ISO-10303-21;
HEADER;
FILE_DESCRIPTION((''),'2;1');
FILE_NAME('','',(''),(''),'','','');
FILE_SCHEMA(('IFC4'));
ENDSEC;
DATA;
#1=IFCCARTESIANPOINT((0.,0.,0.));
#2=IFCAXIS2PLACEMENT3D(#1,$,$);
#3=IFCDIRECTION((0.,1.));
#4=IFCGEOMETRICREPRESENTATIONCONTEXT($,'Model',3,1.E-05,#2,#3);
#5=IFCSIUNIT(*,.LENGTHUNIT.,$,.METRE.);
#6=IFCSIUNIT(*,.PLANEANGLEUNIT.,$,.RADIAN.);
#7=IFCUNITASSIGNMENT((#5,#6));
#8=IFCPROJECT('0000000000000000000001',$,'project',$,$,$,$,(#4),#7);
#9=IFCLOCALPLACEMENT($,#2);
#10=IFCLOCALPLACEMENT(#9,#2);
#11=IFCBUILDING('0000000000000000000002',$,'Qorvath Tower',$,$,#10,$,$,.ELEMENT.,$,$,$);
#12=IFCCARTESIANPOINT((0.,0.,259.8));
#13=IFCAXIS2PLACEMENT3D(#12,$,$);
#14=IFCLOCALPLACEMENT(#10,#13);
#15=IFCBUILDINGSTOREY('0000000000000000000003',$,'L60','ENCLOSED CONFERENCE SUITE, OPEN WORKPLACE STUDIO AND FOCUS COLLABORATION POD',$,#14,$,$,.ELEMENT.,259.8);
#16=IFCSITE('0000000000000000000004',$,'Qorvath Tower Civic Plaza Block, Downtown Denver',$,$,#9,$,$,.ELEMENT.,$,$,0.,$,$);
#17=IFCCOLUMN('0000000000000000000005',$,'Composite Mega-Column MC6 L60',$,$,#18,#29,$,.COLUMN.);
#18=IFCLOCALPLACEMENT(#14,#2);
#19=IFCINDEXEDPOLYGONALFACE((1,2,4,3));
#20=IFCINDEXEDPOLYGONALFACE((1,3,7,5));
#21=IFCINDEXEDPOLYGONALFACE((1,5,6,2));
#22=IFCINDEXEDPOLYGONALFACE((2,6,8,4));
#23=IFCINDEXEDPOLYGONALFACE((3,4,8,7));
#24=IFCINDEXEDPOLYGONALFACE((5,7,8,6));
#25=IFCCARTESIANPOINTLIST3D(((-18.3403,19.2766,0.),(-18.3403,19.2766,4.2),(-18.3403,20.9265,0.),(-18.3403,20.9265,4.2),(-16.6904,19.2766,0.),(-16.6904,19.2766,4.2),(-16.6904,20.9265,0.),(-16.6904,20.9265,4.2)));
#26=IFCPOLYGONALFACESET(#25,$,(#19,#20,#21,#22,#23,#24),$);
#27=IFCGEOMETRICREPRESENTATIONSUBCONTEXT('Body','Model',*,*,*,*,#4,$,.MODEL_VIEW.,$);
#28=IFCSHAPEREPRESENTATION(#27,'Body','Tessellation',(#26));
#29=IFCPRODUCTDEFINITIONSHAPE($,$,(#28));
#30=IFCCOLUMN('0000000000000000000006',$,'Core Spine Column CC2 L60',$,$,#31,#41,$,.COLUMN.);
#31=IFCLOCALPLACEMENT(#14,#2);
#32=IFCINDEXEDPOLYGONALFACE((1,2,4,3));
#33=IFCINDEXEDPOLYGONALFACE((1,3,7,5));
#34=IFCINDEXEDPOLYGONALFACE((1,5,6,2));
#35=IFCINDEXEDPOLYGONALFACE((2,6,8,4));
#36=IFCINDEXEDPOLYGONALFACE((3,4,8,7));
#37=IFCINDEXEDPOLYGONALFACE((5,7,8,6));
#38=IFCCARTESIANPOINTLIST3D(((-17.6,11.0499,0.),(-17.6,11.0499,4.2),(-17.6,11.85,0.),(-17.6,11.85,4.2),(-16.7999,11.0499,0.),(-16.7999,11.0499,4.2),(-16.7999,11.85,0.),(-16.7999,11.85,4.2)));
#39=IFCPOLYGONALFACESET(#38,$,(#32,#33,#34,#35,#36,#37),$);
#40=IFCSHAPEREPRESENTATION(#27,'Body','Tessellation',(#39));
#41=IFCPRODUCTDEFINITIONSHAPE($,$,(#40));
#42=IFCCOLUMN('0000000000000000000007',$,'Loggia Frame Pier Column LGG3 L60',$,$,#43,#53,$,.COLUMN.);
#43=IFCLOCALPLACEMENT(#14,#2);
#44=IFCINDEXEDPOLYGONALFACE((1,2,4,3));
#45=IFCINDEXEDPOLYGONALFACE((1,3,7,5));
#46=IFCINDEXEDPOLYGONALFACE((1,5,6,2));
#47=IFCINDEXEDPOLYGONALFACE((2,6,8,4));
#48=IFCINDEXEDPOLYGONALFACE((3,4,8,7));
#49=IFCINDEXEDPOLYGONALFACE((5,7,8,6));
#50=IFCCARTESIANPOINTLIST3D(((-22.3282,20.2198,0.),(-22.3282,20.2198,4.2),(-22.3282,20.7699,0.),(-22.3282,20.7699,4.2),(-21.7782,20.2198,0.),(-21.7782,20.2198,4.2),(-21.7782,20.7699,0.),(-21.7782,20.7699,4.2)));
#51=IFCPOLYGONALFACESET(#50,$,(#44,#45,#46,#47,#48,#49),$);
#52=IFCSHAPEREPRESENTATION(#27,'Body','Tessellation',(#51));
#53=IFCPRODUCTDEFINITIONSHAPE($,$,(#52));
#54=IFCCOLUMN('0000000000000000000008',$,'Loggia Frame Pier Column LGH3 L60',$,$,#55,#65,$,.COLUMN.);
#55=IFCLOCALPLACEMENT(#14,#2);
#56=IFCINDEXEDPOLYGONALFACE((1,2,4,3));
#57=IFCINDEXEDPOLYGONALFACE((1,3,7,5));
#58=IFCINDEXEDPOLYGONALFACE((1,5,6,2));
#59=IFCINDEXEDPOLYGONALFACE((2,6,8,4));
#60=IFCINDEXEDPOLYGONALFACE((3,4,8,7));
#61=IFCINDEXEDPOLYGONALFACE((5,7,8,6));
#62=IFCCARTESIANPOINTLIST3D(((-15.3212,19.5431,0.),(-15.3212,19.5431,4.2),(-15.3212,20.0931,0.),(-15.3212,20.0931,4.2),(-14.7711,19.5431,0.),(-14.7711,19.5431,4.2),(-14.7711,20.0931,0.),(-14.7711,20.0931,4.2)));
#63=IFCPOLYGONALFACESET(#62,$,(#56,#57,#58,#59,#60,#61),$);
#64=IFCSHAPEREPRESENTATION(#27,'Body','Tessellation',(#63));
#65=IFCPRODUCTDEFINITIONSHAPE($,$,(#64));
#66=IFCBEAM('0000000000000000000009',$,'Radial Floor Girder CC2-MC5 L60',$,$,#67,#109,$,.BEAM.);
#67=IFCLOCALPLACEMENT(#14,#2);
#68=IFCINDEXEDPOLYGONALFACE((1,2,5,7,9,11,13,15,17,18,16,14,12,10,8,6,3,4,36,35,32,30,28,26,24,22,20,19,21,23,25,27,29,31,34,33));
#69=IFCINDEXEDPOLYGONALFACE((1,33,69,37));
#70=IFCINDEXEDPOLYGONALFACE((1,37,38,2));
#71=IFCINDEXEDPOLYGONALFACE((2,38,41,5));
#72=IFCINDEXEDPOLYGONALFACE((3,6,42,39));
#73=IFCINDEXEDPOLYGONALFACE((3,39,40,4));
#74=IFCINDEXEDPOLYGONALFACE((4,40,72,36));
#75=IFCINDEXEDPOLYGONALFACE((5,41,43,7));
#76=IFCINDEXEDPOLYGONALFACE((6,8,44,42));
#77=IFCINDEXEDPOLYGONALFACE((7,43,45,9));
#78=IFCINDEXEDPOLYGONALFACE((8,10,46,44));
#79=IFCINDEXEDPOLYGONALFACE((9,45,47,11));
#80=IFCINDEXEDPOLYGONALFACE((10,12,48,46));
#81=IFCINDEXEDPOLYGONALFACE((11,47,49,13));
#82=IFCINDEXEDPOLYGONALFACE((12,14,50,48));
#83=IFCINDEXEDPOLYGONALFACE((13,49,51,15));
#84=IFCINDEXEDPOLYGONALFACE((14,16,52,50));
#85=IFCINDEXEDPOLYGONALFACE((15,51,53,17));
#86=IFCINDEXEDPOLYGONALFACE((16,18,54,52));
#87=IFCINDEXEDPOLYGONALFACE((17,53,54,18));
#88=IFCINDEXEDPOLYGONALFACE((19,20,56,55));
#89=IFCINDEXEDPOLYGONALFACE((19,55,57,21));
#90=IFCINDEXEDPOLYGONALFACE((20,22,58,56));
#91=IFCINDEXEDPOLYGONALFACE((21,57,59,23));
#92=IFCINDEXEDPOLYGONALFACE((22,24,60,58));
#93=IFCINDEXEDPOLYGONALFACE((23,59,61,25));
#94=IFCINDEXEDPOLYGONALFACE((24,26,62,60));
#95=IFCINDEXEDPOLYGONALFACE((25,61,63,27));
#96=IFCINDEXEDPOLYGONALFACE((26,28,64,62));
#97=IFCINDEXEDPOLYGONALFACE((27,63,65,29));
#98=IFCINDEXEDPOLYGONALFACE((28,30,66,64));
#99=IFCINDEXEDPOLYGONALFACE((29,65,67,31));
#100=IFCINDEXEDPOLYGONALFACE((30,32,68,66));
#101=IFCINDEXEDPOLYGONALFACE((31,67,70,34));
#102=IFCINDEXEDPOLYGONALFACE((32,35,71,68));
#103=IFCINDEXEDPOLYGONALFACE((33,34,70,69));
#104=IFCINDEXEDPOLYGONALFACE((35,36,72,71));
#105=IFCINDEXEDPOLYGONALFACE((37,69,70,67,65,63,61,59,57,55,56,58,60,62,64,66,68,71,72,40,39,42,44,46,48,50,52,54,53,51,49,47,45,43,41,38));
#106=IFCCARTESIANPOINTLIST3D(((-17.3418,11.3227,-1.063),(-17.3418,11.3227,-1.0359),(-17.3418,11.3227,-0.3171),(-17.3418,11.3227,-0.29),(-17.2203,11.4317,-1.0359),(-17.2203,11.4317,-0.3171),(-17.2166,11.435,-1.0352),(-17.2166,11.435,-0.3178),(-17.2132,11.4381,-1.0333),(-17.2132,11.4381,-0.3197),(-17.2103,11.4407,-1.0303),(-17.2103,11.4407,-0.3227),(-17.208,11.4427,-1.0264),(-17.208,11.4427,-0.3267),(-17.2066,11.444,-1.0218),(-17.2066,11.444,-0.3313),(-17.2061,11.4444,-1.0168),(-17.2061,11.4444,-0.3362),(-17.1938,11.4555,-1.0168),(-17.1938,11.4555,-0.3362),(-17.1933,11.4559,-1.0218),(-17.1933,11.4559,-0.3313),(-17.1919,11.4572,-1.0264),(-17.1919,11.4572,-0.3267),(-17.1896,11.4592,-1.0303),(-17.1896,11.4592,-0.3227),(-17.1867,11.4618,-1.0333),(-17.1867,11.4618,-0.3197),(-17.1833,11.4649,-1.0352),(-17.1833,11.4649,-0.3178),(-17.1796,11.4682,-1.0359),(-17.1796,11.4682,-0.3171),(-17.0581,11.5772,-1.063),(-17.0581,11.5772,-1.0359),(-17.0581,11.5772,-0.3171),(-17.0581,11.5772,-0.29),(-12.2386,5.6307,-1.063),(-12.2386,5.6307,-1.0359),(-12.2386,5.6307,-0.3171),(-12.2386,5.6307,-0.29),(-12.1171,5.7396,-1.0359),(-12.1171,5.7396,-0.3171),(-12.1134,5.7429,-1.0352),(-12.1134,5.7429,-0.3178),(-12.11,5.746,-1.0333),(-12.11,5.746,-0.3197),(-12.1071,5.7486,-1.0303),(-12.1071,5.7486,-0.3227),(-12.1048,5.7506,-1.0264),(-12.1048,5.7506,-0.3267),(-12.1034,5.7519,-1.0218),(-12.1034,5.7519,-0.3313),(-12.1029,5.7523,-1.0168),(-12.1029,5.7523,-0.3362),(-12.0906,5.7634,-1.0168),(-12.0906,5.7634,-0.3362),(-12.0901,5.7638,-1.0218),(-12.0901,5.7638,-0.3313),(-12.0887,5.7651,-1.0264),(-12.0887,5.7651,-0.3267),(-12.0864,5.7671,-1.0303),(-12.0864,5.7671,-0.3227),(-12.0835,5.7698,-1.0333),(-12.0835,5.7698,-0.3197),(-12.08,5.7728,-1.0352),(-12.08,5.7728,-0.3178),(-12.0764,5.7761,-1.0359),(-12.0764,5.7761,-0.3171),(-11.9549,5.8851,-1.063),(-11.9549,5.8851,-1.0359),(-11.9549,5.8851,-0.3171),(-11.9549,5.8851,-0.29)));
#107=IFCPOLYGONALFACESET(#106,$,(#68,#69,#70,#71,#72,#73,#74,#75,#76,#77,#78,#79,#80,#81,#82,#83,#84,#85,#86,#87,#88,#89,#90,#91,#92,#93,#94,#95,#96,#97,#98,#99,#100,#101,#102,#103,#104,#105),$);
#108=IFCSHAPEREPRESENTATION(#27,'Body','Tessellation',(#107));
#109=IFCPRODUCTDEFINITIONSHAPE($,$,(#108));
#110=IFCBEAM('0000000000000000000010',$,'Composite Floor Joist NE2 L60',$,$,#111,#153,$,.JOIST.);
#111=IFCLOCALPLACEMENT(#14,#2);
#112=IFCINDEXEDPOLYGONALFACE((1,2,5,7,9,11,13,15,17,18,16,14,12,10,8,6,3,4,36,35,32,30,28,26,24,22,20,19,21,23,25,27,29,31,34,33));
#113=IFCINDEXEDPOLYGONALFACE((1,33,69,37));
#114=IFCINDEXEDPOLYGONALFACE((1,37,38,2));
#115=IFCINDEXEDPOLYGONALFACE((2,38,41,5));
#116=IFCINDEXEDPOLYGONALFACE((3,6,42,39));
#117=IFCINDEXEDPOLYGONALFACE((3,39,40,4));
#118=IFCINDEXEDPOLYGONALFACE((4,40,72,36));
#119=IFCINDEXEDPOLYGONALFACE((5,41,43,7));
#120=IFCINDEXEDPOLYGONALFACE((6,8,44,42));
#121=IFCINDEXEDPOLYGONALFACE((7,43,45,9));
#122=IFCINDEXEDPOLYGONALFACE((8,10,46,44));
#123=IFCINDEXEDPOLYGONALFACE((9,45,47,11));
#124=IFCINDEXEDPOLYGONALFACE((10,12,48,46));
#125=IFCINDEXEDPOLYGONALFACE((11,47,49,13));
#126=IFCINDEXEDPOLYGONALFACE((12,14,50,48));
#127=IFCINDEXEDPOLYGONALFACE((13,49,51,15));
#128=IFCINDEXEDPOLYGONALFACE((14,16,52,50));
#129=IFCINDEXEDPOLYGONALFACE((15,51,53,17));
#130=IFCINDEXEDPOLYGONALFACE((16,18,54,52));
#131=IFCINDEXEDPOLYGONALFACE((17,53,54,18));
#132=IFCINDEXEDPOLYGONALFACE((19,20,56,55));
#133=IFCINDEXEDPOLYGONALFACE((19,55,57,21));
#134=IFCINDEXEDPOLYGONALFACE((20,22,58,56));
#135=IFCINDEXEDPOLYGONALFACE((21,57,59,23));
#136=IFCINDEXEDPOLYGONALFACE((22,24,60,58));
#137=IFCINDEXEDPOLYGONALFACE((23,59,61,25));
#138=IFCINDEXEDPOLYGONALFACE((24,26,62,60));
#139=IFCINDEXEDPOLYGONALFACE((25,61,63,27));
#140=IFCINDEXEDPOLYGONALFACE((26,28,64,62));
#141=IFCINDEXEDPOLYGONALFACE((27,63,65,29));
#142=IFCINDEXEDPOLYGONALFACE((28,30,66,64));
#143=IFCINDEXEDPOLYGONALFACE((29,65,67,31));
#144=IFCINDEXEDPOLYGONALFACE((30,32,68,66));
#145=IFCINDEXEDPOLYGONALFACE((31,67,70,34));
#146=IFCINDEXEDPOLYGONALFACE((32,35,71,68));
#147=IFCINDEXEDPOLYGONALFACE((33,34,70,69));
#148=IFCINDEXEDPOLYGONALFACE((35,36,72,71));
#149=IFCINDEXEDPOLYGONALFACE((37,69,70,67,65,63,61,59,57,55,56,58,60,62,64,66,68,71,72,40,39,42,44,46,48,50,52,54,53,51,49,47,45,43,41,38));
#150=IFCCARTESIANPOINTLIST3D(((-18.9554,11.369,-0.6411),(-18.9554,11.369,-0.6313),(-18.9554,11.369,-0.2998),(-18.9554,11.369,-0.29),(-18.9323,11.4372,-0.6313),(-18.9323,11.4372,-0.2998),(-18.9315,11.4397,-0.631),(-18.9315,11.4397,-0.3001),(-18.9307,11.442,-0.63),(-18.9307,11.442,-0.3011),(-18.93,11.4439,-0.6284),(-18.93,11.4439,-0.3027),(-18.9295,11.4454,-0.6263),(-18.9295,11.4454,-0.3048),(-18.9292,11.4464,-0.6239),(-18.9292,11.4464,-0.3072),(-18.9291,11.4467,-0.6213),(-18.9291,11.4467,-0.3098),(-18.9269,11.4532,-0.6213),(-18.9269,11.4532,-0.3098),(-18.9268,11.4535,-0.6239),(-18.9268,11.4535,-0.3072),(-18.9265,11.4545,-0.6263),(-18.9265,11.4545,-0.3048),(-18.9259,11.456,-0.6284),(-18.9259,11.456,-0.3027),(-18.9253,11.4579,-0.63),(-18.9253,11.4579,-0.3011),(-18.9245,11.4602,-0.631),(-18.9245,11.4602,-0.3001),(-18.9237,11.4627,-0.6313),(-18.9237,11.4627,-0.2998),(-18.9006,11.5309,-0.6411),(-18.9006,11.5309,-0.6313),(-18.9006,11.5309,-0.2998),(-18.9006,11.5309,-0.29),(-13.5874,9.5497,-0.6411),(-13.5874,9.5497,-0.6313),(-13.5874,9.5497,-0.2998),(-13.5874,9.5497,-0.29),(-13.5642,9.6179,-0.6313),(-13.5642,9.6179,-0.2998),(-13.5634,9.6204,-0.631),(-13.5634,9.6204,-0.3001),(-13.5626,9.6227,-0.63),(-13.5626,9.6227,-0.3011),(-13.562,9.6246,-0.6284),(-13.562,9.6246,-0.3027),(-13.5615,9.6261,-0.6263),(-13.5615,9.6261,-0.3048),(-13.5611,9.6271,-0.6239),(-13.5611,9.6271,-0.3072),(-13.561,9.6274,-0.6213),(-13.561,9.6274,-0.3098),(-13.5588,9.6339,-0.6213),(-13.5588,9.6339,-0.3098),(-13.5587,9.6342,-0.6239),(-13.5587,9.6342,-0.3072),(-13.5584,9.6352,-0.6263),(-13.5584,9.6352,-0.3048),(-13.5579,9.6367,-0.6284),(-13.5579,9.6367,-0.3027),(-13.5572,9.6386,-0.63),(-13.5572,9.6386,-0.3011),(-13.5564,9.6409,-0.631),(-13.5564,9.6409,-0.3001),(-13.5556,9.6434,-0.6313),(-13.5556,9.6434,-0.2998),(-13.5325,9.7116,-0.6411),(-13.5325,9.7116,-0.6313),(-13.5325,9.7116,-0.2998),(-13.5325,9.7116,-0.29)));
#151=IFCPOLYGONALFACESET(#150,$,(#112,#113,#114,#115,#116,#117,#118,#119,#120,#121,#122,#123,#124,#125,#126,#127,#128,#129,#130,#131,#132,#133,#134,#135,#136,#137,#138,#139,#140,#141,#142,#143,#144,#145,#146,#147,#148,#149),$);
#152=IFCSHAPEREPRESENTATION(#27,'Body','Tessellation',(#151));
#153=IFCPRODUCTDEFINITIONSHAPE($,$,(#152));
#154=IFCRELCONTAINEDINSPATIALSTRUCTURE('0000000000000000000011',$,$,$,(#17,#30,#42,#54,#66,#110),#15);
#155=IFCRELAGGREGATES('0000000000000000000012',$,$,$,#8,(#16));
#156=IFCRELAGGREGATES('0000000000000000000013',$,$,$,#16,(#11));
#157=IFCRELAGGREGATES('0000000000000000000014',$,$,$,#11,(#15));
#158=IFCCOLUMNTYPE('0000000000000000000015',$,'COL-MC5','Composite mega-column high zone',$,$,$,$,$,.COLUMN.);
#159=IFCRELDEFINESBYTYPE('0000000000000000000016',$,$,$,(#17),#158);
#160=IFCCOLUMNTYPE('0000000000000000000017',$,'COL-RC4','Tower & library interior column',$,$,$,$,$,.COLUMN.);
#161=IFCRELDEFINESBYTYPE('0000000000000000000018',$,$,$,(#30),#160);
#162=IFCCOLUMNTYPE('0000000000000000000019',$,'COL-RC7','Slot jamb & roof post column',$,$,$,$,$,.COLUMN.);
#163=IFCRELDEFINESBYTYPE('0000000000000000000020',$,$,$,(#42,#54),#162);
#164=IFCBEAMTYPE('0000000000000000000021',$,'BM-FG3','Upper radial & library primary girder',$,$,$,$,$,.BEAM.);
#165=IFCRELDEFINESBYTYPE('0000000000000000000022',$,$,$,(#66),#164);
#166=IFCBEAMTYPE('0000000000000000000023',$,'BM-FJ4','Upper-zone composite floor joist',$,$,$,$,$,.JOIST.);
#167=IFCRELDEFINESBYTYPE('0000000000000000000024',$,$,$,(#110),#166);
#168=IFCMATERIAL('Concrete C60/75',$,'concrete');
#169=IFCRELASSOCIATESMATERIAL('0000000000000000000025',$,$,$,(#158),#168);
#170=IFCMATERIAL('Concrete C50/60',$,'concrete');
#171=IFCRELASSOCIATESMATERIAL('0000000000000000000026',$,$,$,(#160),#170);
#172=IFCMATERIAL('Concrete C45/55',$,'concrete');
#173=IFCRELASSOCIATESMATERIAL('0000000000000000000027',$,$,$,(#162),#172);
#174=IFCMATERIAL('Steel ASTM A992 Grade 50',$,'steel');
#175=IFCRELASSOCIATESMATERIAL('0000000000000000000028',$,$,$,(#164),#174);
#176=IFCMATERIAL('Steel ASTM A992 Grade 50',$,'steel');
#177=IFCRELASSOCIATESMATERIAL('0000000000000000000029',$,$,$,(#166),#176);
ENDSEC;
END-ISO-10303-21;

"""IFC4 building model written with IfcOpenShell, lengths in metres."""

from ifc_helpers import new_model, si_unit, direction, frame, origin, origin_2d, place, context, subcontext, project, spatial, rectangle, i_section, extrude, material, material_profile, profile_set, type_object, element, save


model = new_model("IFC4")

# Units and contexts
model_context = context("Model", 3, precision=1e-05, world=origin(), true_north=direction((0.0, 1.0)))
body_context = subcontext(model_context, "Body", "Model", "MODEL_VIEW")
ifc_project = project(units=[si_unit("LENGTHUNIT", "METRE"), si_unit("PLANEANGLEUNIT", "RADIAN")], contexts=[model_context])

# Site, building, storey
site_placement = place(None, origin())
site = spatial("IfcSite", under=ifc_project, at=site_placement, Name="Qorvath Tower Civic Plaza Block, Downtown Denver", CompositionType="ELEMENT", RefElevation=0.0)
building_placement = place(site_placement, origin())
building = spatial("IfcBuilding", under=site, at=building_placement, Name="Qorvath Tower", CompositionType="ELEMENT")
storey_placement = place(building_placement, frame((0.0, 0.0, 259.8)))
storey = spatial("IfcBuildingStorey", under=building, at=storey_placement, Name="L60", Description="ENCLOSED CONFERENCE SUITE, OPEN WORKPLACE STUDIO AND FOCUS COLLABORATION POD", CompositionType="ELEMENT", Elevation=259.8)

# Columns
ifc_material_1 = material(Name="Concrete C60/75", Category="concrete")
ifc_material_profile_1 = material_profile(ifc_material_1, rectangle(XDim=1.6499, YDim=1.6499, at=origin_2d()), Name="MC 1650x1650")
ifc_profile_set_1 = profile_set([ifc_material_profile_1], Name="Concrete C60/75")
column_type_1 = type_object("IfcColumnType", Name="COL-MC5", Description="Composite mega-column high zone", PredefinedType="COLUMN", material=ifc_profile_set_1)
column_1_placement = place(storey_placement, frame((-17.5154, 20.1016, 0.0), z_axis=(0.0, 0.0, 1.0), x_axis=(1.0, 0.0, 0.0)))
element("IfcColumn", 1, at=column_1_placement, inside=storey, type_object=column_type_1, Name="Composite Mega-Column MC6 L60", PredefinedType="COLUMN", context=body_context, shape_type="SweptSolid", body=[
    extrude(rectangle(XDim=1.6499, YDim=1.6499, at=origin_2d()), origin(), (0.0, 0.0, 1.0), 4.2),
])
ifc_material_2 = material(Name="Concrete C50/60", Category="concrete")
ifc_material_profile_2 = material_profile(ifc_material_2, rectangle(XDim=0.8, YDim=0.8, at=origin_2d()), Name="RC 800x800")
ifc_profile_set_2 = profile_set([ifc_material_profile_2], Name="Concrete C50/60")
column_type_2 = type_object("IfcColumnType", Name="COL-RC4", Description="Tower & library interior column", PredefinedType="COLUMN", material=ifc_profile_set_2)
column_2_placement = place(storey_placement, frame((-17.2, 11.45, 0.0), z_axis=(0.0, 0.0, 1.0), x_axis=(1.0, 0.0, 0.0)))
element("IfcColumn", 2, at=column_2_placement, inside=storey, type_object=column_type_2, Name="Core Spine Column CC2 L60", PredefinedType="COLUMN", context=body_context, shape_type="SweptSolid", body=[
    extrude(rectangle(XDim=0.8, YDim=0.8, at=origin_2d()), origin(), (0.0, 0.0, 1.0), 4.2),
])
ifc_material_3 = material(Name="Concrete C45/55", Category="concrete")
ifc_material_profile_3 = material_profile(ifc_material_3, rectangle(XDim=0.55, YDim=0.55, at=origin_2d()), Name="RC 550x550")
ifc_profile_set_3 = profile_set([ifc_material_profile_3], Name="Concrete C45/55")
column_type_3 = type_object("IfcColumnType", Name="COL-RC7", Description="Slot jamb & roof post column", PredefinedType="COLUMN", material=ifc_profile_set_3)
for number, where, z_axis, x_axis, name in (
    (3, (-22.0532, 20.4949, 0.0), (0.0, 0.0, 1.0), (1.0, 0.0, 0.0), "Loggia Frame Pier Column LGG3 L60"),
    (4, (-15.0461, 19.8181, 0.0), (0.0, 0.0, 1.0), (1.0, 0.0, 0.0), "Loggia Frame Pier Column LGH3 L60"),
):
    element("IfcColumn", number, at=place(storey_placement, frame(where, z_axis=z_axis, x_axis=x_axis)), inside=storey, type_object=column_type_3, Name=name, PredefinedType="COLUMN", context=body_context, shape_type="SweptSolid", body=[
        extrude(rectangle(XDim=0.55, YDim=0.55, at=origin_2d()), origin(), (0.0, 0.0, 1.0), 4.2),
    ])

# Beams
ifc_material_4 = material(Name="Steel ASTM A992 Grade 50", Category="steel")
ifc_material_profile_4 = material_profile(ifc_material_4, i_section(OverallWidth=0.3811, OverallDepth=0.7729, WebThickness=0.0166, FlangeThickness=0.0271, FilletRadius=0.019, at=origin_2d()), Name="W30x173")
ifc_profile_set_4 = profile_set([ifc_material_profile_4], Name="Steel ASTM A992 Grade 50")
beam_type_1 = type_object("IfcBeamType", Name="BM-FG3", Description="Upper radial & library primary girder", PredefinedType="BEAM", material=ifc_profile_set_4)
beam_1_placement = place(storey_placement, frame((-17.2, 11.45, -0.6765), z_axis=(0.667543, -0.744571, 0.0), x_axis=(0.744571, 0.667543, 0.0)))
element("IfcBeam", 5, at=beam_1_placement, inside=storey, type_object=beam_type_1, Name="Radial Floor Girder CC2-MC5 L60", PredefinedType="BEAM", context=body_context, shape_type="SweptSolid", body=[
    extrude(i_section(OverallWidth=0.3811, OverallDepth=0.7729, WebThickness=0.0166, FlangeThickness=0.0271, FilletRadius=0.019, at=origin_2d()), origin(), (0.0, 0.0, 1.0), 7.6448),
])
ifc_material_5 = material(Name="Steel ASTM A992 Grade 50", Category="steel")
ifc_material_profile_5 = material_profile(ifc_material_5, i_section(OverallWidth=0.1709, OverallDepth=0.3511, WebThickness=0.0068, FlangeThickness=0.0098, FilletRadius=0.01, at=origin_2d()), Name="W14x30")
ifc_profile_set_5 = profile_set([ifc_material_profile_5], Name="Steel ASTM A992 Grade 50")
beam_type_2 = type_object("IfcBeamType", Name="BM-FJ4", Description="Upper-zone composite floor joist", PredefinedType="JOIST", material=ifc_profile_set_5)
beam_2_placement = place(storey_placement, frame((-18.928, 11.45, -0.4656), z_axis=(0.947086, -0.320979, 0.0), x_axis=(0.320979, 0.947086, 0.0)))
element("IfcBeam", 6, at=beam_2_placement, inside=storey, type_object=beam_type_2, Name="Composite Floor Joist NE2 L60", PredefinedType="JOIST", context=body_context, shape_type="SweptSolid", body=[
    extrude(i_section(OverallWidth=0.1709, OverallDepth=0.3511, WebThickness=0.0068, FlangeThickness=0.0098, FilletRadius=0.01, at=origin_2d()), origin(), (0.0, 0.0, 1.0), 5.668),
])

save(model, "model.ifc")
